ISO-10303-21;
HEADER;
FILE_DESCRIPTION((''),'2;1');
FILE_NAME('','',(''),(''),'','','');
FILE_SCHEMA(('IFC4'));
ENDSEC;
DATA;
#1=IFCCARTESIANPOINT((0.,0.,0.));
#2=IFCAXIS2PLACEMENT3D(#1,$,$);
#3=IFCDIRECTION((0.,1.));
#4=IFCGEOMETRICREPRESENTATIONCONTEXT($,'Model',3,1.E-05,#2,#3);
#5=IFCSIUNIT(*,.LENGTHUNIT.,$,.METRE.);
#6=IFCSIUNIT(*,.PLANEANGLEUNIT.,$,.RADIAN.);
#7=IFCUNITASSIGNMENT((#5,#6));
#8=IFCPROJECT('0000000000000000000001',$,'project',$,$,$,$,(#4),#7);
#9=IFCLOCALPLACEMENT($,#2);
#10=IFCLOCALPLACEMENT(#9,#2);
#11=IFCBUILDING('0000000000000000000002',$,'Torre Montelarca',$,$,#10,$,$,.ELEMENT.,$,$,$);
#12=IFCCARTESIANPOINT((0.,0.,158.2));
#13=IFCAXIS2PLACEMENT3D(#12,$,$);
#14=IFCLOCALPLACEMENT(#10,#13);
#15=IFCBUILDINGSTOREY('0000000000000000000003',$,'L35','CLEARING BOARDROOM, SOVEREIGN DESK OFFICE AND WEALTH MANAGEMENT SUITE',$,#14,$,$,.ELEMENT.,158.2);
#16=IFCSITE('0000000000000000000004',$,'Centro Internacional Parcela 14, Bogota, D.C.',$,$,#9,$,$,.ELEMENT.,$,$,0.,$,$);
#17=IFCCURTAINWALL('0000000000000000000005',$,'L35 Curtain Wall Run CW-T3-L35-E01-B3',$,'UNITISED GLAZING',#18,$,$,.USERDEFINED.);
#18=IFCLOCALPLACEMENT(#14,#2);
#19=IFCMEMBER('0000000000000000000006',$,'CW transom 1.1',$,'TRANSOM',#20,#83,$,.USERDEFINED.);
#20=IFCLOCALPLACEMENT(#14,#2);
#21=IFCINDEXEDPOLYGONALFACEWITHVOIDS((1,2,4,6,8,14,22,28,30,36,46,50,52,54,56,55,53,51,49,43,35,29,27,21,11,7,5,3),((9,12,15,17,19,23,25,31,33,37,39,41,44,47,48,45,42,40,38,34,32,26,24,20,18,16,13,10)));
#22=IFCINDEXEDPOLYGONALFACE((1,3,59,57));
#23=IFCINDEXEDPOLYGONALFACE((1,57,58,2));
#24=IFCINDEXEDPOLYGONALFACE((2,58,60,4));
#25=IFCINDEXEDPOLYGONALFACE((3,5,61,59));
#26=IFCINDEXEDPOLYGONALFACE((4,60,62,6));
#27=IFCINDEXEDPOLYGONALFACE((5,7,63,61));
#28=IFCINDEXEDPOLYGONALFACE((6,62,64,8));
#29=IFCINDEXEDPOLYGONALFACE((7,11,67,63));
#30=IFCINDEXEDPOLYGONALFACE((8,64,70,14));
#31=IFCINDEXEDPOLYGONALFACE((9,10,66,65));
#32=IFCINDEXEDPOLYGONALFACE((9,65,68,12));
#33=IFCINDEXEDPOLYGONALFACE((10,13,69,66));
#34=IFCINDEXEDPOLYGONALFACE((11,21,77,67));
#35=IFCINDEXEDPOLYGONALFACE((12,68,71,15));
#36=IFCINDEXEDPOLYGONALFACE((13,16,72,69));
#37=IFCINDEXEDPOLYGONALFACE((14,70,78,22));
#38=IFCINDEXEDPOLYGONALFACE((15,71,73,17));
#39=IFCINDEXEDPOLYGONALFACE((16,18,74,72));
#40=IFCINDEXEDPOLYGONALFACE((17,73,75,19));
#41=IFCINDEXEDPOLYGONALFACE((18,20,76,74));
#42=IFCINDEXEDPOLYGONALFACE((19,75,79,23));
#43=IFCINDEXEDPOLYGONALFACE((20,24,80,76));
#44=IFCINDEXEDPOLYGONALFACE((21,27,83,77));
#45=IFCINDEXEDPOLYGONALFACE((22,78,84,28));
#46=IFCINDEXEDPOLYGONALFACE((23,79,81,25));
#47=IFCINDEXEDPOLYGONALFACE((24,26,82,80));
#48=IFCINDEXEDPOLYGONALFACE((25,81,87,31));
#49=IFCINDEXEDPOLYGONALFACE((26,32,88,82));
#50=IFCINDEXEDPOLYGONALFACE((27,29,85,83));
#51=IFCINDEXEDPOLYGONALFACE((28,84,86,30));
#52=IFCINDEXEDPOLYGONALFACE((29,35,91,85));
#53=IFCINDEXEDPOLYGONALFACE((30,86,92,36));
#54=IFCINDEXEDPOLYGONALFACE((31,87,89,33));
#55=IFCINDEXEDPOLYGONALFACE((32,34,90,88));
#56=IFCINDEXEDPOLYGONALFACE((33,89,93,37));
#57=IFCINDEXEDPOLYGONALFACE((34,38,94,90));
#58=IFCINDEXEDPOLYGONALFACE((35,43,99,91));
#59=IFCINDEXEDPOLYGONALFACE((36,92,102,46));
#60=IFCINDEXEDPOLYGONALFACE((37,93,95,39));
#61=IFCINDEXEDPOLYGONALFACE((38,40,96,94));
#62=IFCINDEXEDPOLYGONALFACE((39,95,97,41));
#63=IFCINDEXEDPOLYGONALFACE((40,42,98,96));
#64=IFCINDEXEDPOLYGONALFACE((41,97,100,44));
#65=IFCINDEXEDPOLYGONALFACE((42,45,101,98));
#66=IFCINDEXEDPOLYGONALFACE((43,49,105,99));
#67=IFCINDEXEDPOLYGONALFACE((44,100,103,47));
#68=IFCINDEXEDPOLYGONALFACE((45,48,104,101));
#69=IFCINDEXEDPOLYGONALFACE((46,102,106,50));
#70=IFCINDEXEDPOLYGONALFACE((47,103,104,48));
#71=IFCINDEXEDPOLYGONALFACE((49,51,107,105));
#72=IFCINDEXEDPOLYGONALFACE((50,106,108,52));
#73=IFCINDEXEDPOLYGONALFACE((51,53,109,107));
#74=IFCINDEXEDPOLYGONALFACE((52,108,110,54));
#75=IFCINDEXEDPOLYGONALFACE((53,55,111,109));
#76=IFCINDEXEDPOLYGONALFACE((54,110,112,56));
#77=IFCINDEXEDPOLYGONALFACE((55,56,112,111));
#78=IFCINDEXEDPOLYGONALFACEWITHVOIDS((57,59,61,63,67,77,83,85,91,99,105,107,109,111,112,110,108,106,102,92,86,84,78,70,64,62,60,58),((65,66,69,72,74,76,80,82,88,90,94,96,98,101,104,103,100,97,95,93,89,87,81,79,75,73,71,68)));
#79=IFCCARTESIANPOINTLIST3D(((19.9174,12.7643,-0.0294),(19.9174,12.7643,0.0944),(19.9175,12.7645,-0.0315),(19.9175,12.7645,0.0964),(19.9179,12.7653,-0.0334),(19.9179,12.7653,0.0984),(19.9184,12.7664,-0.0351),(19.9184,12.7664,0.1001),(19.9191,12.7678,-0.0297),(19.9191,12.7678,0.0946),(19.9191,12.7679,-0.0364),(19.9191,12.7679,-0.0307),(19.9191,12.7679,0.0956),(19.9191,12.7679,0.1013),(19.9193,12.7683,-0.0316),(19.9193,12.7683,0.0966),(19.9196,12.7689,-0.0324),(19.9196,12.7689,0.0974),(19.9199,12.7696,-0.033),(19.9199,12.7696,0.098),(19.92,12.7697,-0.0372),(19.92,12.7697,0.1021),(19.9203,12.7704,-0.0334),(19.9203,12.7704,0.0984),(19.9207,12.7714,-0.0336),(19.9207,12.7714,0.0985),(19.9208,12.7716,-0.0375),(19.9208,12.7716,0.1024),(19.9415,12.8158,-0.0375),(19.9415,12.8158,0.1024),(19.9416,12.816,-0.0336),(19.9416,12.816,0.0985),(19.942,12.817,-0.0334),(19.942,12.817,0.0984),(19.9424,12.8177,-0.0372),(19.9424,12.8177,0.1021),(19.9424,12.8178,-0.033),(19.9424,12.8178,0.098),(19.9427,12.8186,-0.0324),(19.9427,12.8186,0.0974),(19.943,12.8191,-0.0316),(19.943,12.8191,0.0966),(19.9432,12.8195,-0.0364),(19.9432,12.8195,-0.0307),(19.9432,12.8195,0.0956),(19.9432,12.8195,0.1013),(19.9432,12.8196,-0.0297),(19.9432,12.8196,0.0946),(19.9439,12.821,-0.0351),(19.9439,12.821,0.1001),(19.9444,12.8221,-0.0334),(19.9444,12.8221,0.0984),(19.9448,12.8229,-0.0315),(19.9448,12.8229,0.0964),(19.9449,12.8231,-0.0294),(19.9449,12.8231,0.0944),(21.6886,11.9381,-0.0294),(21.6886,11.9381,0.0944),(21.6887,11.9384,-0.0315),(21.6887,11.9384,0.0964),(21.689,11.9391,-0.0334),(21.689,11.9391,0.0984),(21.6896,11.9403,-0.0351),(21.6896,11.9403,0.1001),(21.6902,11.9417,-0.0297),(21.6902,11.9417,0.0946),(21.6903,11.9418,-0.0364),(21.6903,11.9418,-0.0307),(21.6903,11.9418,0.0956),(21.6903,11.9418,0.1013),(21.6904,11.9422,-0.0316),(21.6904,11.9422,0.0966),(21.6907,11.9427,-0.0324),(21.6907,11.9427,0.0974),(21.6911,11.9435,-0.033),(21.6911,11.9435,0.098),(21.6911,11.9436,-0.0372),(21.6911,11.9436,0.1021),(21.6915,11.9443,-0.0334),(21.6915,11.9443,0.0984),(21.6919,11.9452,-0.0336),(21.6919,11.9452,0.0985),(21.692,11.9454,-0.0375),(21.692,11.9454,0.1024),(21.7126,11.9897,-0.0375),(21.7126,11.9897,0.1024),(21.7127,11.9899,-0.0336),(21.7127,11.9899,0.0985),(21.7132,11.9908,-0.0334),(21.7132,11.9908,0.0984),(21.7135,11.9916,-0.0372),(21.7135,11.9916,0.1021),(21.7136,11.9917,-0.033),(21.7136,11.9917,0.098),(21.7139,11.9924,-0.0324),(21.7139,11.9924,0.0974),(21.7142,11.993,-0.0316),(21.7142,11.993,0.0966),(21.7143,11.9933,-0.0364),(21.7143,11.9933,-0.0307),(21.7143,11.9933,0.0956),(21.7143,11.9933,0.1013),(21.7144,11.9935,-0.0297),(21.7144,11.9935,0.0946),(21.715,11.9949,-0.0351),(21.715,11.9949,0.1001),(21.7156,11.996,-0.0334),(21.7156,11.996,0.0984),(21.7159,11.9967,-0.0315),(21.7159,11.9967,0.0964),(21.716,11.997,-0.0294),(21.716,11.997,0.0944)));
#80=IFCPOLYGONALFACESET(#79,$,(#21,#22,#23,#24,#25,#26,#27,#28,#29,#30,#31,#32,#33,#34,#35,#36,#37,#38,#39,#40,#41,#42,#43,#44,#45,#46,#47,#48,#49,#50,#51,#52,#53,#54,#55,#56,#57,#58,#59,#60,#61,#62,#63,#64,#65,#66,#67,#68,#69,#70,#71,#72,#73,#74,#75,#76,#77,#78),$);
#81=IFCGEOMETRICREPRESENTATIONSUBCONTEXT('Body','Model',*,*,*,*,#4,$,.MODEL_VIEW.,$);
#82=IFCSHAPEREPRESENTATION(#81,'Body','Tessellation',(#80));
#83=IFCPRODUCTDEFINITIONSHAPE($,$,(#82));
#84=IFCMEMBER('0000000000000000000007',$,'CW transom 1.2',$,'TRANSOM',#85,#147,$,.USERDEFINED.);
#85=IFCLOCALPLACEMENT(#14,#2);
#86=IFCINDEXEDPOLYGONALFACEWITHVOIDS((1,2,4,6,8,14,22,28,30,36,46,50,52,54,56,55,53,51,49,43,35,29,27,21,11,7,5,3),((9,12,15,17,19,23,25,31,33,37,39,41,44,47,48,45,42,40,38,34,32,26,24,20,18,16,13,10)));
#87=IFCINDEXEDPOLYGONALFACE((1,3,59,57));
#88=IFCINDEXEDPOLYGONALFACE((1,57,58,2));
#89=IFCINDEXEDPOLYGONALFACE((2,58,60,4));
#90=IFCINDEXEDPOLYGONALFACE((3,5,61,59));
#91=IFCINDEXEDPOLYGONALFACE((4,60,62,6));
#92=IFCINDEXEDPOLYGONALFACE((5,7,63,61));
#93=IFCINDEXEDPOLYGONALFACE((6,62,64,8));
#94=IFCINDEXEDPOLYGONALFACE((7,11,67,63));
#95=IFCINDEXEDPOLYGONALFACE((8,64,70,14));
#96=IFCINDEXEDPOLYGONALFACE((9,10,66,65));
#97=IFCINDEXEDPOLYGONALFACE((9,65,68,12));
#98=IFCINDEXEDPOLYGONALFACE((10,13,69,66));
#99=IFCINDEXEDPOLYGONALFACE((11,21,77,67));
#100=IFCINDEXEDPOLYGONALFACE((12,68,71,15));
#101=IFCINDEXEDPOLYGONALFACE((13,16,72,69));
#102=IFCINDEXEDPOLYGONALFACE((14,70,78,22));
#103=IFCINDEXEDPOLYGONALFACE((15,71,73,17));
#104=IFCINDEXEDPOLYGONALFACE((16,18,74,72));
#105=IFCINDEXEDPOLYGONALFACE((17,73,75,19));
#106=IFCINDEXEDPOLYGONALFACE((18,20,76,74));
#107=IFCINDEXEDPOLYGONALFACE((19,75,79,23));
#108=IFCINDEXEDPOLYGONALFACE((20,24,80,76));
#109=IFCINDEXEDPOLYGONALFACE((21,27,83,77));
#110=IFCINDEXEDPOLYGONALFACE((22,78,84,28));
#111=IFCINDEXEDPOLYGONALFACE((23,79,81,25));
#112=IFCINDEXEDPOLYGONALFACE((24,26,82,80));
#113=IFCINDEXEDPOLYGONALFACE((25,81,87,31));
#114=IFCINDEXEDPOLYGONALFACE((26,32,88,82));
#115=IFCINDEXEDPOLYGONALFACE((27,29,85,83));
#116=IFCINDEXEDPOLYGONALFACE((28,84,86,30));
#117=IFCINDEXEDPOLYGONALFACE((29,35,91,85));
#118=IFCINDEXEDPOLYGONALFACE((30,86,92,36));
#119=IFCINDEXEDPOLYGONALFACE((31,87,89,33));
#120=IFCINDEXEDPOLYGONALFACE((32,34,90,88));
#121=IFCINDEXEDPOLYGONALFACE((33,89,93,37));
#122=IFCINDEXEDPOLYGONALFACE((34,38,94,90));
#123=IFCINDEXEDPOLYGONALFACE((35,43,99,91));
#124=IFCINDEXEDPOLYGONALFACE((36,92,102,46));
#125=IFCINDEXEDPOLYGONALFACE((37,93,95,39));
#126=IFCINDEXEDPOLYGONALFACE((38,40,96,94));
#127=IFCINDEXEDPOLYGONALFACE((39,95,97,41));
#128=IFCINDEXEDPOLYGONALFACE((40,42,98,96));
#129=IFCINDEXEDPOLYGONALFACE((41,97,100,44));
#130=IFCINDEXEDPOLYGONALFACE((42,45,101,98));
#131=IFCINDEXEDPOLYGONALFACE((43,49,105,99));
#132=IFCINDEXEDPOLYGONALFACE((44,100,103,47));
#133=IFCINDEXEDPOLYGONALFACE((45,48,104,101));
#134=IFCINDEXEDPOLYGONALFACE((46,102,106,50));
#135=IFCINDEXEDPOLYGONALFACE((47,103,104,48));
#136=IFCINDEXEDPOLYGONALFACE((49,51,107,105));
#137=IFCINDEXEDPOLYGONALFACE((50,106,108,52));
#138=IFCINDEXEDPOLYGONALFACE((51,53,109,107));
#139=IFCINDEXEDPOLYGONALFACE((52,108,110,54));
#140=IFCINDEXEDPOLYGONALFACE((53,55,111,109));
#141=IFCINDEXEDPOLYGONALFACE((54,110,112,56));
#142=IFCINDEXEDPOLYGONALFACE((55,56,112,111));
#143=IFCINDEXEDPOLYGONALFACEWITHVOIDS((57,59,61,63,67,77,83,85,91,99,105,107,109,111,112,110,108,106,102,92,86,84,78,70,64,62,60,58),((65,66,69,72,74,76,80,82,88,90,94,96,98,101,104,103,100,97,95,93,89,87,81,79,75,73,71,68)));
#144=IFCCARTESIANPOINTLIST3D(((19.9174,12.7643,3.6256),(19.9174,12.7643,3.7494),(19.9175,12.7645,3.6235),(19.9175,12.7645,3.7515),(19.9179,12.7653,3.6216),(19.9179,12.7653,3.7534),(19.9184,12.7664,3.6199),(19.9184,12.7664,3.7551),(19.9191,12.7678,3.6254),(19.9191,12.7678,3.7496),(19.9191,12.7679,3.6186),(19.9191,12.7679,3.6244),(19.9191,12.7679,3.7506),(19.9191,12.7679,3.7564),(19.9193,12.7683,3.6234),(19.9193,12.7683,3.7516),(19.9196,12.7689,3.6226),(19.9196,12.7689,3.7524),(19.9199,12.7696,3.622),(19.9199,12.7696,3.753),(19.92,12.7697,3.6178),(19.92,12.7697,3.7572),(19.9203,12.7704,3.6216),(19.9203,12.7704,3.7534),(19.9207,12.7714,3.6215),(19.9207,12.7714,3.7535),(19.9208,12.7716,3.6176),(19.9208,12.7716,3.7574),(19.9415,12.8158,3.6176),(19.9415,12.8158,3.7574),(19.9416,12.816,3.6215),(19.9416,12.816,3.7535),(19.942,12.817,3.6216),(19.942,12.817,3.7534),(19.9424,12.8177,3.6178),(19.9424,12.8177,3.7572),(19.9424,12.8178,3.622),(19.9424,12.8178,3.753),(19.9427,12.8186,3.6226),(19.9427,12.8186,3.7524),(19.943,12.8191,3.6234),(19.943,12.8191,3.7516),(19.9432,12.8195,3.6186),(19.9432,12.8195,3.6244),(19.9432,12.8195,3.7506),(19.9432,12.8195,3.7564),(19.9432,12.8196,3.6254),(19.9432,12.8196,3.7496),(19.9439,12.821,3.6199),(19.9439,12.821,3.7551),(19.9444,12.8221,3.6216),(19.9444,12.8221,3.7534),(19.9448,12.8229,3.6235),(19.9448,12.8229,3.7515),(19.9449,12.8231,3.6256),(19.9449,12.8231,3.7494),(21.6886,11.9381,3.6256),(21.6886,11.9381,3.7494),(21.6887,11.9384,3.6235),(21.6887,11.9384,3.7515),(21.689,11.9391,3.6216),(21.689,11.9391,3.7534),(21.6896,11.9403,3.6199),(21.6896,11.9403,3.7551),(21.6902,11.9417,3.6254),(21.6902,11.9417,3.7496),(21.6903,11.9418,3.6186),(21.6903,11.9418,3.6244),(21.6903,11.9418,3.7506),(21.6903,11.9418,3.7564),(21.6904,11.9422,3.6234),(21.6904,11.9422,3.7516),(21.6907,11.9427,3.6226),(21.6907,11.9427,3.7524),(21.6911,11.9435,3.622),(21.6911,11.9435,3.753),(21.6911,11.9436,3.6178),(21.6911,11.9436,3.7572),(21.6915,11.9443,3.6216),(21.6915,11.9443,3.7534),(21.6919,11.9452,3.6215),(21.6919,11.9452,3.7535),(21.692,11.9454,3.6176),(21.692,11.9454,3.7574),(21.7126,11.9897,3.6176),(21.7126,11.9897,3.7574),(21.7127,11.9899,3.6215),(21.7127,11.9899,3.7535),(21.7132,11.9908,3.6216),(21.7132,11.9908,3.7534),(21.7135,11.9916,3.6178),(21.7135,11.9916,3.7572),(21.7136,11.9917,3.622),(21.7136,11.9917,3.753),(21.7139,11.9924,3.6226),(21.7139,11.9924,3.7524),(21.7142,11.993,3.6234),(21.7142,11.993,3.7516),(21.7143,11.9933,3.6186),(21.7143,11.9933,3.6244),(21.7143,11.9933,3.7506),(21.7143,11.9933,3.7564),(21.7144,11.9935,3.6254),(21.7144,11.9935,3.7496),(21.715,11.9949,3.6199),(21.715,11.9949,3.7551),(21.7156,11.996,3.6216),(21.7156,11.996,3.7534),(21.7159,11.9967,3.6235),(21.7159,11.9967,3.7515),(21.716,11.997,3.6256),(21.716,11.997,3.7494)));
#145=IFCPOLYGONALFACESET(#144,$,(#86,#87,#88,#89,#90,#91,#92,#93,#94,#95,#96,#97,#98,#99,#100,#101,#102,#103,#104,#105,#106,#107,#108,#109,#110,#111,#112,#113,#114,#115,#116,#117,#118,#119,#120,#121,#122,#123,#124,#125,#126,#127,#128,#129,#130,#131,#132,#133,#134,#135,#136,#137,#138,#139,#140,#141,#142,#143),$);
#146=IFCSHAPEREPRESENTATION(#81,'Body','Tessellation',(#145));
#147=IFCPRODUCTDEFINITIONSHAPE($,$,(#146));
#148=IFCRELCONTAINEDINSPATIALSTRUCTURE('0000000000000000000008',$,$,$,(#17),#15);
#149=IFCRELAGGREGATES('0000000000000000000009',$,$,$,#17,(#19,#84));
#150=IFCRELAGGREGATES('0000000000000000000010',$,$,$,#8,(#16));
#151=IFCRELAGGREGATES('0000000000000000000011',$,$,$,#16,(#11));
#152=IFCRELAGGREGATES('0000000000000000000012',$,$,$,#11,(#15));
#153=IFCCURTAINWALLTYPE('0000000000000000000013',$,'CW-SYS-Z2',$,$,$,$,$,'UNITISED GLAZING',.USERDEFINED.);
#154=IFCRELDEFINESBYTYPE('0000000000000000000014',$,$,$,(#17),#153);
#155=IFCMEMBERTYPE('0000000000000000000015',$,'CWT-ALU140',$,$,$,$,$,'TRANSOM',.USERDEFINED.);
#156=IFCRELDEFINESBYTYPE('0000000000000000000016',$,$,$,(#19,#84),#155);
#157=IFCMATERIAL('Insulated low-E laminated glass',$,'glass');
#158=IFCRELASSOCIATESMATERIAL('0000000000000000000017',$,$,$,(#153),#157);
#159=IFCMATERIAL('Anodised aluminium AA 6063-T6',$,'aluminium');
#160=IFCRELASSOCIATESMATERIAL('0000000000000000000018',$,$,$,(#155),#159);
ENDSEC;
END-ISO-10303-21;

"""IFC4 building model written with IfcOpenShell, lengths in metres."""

from ifc_helpers import new_model, si_unit, direction, frame, origin, origin_2d, place, context, subcontext, project, spatial, hollow_rectangle, extrude, source, transform, mapped, material, material_profile, profile_set, type_object, element, aggregate, save


model = new_model("IFC4")

# Units and contexts
model_context = context("Model", 3, precision=1e-05, world=origin(), true_north=direction((0.0, 1.0)))
body_context = subcontext(model_context, "Body", "Model", "MODEL_VIEW")
ifc_project = project(units=[si_unit("LENGTHUNIT", "METRE"), si_unit("PLANEANGLEUNIT", "RADIAN")], contexts=[model_context])

# Site, building, storey
site_placement = place(None, origin())
site = spatial("IfcSite", under=ifc_project, at=site_placement, Name="Centro Internacional Parcela 14, Bogota, D.C.", CompositionType="ELEMENT", RefElevation=0.0)
building_placement = place(site_placement, origin())
building = spatial("IfcBuilding", under=site, at=building_placement, Name="Torre Montelarca", CompositionType="ELEMENT")
storey_placement = place(building_placement, frame((0.0, 0.0, 158.2)))
storey = spatial("IfcBuildingStorey", under=building, at=storey_placement, Name="L35", Description="CLEARING BOARDROOM, SOVEREIGN DESK OFFICE AND WEALTH MANAGEMENT SUITE", CompositionType="ELEMENT", Elevation=158.2)

# Shared definitions
ifc_material_1 = material(Name="Insulated low-E laminated glass", Category="glass")
curtain_wall_type = type_object("IfcCurtainWallType", Name="CW-SYS-Z2", ElementType="UNITISED GLAZING", PredefinedType="USERDEFINED", material=ifc_material_1)
ifc_material_2 = material(Name="Anodised aluminium AA 6063-T6", Category="aluminium")

# Curtain wall
curtain_wall_1_placement = place(storey_placement, origin())
curtain_wall_1 = element("IfcCurtainWall", 1, at=curtain_wall_1_placement, inside=storey, type_object=curtain_wall_type, Name="L35 Curtain Wall Run CW-T3-L35-E01-B3", ObjectType="UNITISED GLAZING", PredefinedType="USERDEFINED")

# Members
ifc_material_profile_1 = material_profile(ifc_material_2, hollow_rectangle(XDim=0.0649, YDim=0.1399, WallThickness=0.0039, InnerFilletRadius=0.0039, OuterFilletRadius=0.0081, at=origin_2d()), Name="ALU65X140X4", Category="aluminium")
ifc_profile_set_1 = profile_set([ifc_material_profile_1], Name="Anodised aluminium AA 6063-T6")
member_type_1 = type_object("IfcMemberType", Name="CWT-ALU140", ElementType="TRANSOM", PredefinedType="USERDEFINED", material=ifc_profile_set_1)
shared_shape_1 = source(origin(), body_context, "Body", "SweptSolid", [
    extrude(hollow_rectangle(XDim=0.0649, YDim=0.1399, WallThickness=0.0039, InnerFilletRadius=0.0039, OuterFilletRadius=0.0081, at=origin_2d()), origin(), (0.0, 0.0, 1.0), 1.9543),
])
member_1_placement = place(storey_placement, frame((19.9312, 12.7937, 0.0325), z_axis=(0.906263, -0.422714, 0.0), x_axis=(0.422714, 0.906263, 0.0)))
member_1 = element("IfcMember", 2, at=member_1_placement, type_object=member_type_1, Name="CW transom 1.1", ObjectType="TRANSOM", PredefinedType="USERDEFINED", context=body_context, shape_type="MappedRepresentation", body=[
    mapped(shared_shape_1, transform((0.0, 0.0, 0.0), scale=1.0)),
])
member_2_placement = place(storey_placement, frame((19.9312, 12.7937, 3.6875), z_axis=(0.906263, -0.422714, 0.0), x_axis=(0.422714, 0.906263, 0.0)))
member_2 = element("IfcMember", 3, at=member_2_placement, type_object=member_type_1, Name="CW transom 1.2", ObjectType="TRANSOM", PredefinedType="USERDEFINED", context=body_context, shape_type="MappedRepresentation", body=[
    mapped(shared_shape_1, transform((0.0, 0.0, 0.0), scale=1.0)),
])

aggregate(curtain_wall_1, [member_1, member_2])

save(model, "model.ifc")
